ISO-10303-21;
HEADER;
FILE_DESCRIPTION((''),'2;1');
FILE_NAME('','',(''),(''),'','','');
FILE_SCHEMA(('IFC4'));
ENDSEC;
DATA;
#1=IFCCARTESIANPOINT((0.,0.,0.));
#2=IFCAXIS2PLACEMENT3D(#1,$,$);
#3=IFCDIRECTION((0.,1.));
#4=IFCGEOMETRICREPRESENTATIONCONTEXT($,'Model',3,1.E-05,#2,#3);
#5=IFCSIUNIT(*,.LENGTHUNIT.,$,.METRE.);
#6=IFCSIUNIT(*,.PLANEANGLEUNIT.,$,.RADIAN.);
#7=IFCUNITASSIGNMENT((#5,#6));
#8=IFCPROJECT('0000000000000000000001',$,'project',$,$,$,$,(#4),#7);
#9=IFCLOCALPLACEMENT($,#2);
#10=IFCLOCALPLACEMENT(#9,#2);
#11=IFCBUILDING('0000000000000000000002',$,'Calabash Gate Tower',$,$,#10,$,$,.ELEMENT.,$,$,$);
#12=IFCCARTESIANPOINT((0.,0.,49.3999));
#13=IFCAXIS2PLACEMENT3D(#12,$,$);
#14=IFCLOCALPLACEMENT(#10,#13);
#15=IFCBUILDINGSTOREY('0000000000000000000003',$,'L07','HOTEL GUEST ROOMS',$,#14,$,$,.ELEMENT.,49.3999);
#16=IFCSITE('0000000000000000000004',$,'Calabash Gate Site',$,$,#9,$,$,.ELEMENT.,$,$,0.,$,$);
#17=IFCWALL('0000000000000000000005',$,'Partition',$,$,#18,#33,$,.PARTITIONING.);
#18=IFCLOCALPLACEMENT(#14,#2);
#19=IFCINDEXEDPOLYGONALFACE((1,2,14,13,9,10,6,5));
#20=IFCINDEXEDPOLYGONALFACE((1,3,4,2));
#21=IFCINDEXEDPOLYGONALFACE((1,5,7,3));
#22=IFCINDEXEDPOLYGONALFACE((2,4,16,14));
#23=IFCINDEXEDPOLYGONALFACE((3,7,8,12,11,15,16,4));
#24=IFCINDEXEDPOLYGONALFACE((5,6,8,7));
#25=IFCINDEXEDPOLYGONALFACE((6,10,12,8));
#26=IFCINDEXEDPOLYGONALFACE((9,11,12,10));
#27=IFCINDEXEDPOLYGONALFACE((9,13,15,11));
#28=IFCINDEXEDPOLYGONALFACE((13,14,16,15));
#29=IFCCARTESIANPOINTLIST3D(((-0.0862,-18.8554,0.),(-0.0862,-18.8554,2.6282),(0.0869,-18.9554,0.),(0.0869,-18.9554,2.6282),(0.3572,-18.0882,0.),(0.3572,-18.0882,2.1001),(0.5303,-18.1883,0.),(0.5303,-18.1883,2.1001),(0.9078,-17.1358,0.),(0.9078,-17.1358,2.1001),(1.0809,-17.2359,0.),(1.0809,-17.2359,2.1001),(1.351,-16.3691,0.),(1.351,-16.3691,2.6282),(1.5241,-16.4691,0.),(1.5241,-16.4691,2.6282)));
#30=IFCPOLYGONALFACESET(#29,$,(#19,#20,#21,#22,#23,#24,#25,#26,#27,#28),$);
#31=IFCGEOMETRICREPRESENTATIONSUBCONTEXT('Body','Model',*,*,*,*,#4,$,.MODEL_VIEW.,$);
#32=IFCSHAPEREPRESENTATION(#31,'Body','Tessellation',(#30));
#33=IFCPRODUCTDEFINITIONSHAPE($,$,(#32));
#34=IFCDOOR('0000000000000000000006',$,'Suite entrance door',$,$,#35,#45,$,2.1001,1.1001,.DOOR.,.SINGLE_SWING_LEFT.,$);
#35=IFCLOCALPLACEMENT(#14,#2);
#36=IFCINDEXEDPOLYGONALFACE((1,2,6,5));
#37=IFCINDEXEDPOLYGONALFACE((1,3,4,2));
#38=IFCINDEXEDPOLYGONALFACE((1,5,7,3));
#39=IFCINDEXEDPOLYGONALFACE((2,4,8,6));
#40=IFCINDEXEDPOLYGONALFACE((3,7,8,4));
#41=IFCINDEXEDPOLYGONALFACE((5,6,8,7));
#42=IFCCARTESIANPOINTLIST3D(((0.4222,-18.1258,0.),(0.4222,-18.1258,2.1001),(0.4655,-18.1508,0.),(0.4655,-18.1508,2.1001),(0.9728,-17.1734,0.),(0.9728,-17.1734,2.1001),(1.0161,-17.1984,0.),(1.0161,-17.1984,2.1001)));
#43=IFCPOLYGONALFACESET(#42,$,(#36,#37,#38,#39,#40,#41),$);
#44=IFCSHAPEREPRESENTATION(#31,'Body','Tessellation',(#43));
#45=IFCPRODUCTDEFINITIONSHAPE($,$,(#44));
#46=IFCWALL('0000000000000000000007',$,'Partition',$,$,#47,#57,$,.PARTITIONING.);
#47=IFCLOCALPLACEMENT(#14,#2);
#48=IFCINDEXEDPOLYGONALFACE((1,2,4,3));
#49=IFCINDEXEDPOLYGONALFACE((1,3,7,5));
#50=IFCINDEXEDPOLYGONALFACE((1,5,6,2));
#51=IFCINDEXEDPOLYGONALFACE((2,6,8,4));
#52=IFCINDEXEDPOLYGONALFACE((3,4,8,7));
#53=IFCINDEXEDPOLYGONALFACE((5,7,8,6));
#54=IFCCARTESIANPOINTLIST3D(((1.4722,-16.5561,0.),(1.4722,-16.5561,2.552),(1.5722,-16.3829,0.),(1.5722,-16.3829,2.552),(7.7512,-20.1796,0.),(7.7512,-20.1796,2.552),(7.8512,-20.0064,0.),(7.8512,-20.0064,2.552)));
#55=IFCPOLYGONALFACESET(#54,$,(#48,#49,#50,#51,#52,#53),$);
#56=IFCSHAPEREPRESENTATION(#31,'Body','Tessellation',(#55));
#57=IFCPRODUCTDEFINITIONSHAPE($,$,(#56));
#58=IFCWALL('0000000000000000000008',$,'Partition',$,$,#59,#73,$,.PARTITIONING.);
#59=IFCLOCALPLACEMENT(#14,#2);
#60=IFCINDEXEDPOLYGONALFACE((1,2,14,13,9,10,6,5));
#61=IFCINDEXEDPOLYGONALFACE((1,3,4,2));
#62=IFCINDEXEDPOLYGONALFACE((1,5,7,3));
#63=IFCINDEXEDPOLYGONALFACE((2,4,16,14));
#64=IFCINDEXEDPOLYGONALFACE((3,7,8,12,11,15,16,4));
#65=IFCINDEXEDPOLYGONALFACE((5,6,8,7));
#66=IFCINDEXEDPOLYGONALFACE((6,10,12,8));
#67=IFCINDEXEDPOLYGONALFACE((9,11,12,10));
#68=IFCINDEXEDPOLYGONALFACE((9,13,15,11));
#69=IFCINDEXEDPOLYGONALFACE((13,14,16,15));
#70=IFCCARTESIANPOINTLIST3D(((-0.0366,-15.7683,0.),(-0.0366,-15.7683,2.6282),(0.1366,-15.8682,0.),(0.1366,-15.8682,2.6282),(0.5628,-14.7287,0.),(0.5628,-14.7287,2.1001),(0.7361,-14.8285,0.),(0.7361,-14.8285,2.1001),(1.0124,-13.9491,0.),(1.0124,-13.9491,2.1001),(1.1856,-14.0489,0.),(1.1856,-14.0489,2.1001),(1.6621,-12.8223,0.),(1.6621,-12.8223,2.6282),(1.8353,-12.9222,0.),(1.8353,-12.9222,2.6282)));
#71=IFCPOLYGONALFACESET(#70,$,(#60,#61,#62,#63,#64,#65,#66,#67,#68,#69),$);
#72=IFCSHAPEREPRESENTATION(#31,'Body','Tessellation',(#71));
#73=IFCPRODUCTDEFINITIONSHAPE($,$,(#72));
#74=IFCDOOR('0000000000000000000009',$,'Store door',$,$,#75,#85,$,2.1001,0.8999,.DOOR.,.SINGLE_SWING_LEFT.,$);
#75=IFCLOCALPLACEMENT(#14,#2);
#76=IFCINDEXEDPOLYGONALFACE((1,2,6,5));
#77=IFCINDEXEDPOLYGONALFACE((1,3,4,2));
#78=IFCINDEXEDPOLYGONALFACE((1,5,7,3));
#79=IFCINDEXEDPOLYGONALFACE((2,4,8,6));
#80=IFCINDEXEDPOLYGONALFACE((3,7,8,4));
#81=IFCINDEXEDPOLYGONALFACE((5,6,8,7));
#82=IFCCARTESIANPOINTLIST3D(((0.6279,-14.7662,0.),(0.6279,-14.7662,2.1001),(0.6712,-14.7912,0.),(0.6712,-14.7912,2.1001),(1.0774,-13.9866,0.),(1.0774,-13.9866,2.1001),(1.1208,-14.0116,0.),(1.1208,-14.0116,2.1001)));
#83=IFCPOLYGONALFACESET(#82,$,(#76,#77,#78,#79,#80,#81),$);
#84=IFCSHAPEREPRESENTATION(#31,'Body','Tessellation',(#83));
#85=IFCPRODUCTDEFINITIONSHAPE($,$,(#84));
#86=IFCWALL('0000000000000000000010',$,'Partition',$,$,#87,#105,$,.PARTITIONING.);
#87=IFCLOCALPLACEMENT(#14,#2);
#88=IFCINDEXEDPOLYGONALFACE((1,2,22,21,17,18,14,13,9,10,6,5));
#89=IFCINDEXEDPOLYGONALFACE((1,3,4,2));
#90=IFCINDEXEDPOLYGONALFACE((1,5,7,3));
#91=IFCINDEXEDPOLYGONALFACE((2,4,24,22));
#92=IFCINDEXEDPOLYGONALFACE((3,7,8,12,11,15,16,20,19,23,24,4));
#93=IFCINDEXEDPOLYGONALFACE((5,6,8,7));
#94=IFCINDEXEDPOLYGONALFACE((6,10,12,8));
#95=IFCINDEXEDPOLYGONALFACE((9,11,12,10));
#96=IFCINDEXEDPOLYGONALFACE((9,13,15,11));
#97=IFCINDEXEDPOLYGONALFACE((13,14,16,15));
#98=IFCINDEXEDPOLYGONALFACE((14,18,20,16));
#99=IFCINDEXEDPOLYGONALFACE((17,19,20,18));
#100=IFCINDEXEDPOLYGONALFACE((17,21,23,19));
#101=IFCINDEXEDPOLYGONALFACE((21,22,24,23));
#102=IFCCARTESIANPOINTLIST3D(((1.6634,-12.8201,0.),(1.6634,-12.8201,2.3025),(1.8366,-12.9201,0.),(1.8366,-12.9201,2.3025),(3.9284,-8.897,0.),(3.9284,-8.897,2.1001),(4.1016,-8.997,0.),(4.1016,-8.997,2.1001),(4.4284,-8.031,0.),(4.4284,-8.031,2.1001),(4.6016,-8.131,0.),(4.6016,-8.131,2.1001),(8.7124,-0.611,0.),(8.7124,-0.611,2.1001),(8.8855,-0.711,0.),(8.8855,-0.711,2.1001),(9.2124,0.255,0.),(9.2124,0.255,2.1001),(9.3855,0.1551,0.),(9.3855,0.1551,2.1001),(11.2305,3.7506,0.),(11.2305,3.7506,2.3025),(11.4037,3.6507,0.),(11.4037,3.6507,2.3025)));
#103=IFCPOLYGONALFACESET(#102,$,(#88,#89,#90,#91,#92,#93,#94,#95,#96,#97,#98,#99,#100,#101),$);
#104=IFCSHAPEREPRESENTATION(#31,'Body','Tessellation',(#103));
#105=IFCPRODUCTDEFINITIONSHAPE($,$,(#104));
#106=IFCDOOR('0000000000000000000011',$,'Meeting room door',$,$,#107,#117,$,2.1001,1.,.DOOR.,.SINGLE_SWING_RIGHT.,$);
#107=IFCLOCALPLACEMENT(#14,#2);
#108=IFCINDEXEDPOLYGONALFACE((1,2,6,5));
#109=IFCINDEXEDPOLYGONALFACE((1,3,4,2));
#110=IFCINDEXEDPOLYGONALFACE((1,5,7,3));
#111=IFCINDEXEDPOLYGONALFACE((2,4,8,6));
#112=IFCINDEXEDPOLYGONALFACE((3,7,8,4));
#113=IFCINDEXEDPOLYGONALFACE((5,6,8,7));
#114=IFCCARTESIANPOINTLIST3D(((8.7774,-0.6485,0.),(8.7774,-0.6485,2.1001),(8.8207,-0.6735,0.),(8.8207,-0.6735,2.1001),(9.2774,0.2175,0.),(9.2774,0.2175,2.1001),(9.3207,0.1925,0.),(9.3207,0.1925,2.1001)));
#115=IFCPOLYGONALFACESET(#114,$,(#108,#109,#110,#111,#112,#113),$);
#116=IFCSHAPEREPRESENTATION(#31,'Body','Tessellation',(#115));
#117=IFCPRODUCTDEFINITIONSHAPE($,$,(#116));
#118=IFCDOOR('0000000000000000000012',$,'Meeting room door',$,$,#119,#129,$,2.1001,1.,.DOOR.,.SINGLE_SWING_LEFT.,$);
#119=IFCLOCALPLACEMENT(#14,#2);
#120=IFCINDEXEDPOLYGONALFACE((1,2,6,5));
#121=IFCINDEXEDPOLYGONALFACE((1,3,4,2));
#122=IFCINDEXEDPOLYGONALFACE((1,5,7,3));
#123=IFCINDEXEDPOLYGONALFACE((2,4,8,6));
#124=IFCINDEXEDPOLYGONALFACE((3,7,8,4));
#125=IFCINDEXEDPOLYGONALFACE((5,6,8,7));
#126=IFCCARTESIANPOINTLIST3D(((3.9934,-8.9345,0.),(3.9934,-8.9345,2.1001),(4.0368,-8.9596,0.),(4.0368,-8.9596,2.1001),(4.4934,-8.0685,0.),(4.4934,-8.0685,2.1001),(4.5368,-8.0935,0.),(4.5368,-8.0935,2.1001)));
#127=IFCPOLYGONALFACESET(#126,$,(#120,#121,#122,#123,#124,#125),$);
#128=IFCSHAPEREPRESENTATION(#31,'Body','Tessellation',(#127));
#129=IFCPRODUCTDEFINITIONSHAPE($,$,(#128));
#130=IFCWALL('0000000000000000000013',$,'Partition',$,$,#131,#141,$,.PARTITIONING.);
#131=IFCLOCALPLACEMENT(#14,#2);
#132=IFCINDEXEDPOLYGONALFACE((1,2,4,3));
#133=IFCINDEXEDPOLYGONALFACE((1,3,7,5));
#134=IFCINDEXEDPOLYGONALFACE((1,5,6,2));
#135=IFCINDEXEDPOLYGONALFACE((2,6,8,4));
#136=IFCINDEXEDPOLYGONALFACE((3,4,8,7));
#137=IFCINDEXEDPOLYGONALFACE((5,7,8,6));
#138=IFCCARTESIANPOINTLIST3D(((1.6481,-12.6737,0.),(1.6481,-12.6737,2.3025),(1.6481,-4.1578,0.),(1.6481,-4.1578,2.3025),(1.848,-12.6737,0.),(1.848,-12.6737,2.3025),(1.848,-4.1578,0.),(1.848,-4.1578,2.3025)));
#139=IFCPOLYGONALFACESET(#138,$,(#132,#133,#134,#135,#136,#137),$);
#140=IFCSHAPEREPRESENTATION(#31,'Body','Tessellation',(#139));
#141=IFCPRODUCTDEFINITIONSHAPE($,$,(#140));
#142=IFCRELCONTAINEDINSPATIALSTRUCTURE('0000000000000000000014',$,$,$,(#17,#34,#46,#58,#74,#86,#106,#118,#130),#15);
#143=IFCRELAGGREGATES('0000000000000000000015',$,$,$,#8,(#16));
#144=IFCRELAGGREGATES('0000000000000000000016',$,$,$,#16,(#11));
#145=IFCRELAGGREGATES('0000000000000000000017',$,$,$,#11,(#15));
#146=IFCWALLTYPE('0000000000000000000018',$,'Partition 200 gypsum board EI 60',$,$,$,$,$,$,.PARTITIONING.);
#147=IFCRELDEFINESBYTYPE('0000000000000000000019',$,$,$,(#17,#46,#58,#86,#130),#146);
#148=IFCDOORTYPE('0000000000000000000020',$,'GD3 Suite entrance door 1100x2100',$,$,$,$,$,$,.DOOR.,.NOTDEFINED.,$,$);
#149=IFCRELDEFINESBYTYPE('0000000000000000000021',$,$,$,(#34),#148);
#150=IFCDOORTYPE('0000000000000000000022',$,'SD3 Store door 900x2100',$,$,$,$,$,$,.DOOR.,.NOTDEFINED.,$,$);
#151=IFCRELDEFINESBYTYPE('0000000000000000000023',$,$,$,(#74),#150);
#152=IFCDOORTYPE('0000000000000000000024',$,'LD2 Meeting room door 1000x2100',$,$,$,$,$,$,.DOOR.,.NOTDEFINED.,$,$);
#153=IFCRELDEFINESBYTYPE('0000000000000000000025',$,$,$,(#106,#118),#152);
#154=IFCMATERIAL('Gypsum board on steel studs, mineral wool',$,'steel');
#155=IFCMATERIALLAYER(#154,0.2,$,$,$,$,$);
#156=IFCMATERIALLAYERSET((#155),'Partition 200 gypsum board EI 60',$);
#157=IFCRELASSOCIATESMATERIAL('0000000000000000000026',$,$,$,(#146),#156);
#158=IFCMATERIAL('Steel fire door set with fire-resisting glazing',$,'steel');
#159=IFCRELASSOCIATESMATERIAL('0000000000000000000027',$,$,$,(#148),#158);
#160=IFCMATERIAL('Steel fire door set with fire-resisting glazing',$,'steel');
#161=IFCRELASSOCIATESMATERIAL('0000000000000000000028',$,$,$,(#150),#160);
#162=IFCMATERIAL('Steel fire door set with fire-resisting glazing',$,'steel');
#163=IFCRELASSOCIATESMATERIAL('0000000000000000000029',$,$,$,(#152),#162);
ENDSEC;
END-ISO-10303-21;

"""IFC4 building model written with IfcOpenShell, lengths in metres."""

from ifc_helpers import new_model, si_unit, direction, frame, frame_2d, origin, place, context, subcontext, project, spatial, rectangle, extrude, material, layer, layer_set, type_object, element, fill, save


model = new_model("IFC4")

# Units and contexts
model_context = context("Model", 3, precision=1e-05, world=origin(), true_north=direction((0.0, 1.0)))
body_context = subcontext(model_context, "Body", "Model", "MODEL_VIEW")
ifc_project = project(units=[si_unit("LENGTHUNIT", "METRE"), si_unit("PLANEANGLEUNIT", "RADIAN")], contexts=[model_context])

# Site, building, storey
site_placement = place(None, origin())
site = spatial("IfcSite", under=ifc_project, at=site_placement, Name="Calabash Gate Site", CompositionType="ELEMENT", RefElevation=0.0)
building_placement = place(site_placement, origin())
building = spatial("IfcBuilding", under=site, at=building_placement, Name="Calabash Gate Tower", CompositionType="ELEMENT")
storey_placement = place(building_placement, frame((0.0, 0.0, 49.3999)))
storey = spatial("IfcBuildingStorey", under=building, at=storey_placement, Name="L07", Description="HOTEL GUEST ROOMS", CompositionType="ELEMENT", Elevation=49.3999)

# Wall, opening, door
ifc_material_1 = material(Name="Gypsum board on steel studs, mineral wool", Category="steel")
ifc_layer_1 = layer(ifc_material_1, 0.2)
ifc_layer_set_1 = layer_set([ifc_layer_1], Name="Partition 200 gypsum board EI 60")
wall_type_1 = type_object("IfcWallType", Name="Partition 200 gypsum board EI 60", PredefinedType="PARTITIONING", material=ifc_layer_set_1)
wall_1_placement = place(storey_placement, frame((0.0002, -18.9055, 0.0), z_axis=(0.0, 0.0, 1.0), x_axis=(0.500463, 0.865758, 0.0)))
wall_1 = element("IfcWall", 1, at=wall_1_placement, inside=storey, type_object=wall_type_1, Name="Partition", PredefinedType="PARTITIONING", context=body_context, shape_type="SweptSolid", body=[
    extrude(rectangle(XDim=2.8718, YDim=0.2, at=frame_2d((1.436, 0.0))), origin(), (0.0, 0.0, 1.0), 2.6282),
])
opening_1_placement = place(wall_1_placement, frame((0.8862, 0.0, 0.0)))
opening_1 = element("IfcOpeningElement", 2, at=opening_1_placement, cuts=wall_1, PredefinedType="OPENING", context=body_context, shape_type="SweptSolid", body=[
    extrude(rectangle(XDim=1.1001, YDim=2.1001, at=frame_2d((0.55, 1.05))), frame((0.0, 0.1099, 0.0), z_axis=(0.0, -1.0, 0.0), x_axis=(1.0, 0.0, 0.0)), (0.0, 0.0, 1.0), 0.22),
])
ifc_material_2 = material(Name="Steel fire door set with fire-resisting glazing", Category="steel")
door_type_1 = type_object("IfcDoorType", Name="GD3 Suite entrance door 1100x2100", OperationType="NOTDEFINED", PredefinedType="DOOR", material=ifc_material_2)
door_1_placement = place(opening_1_placement, origin())
door_1 = element("IfcDoor", 3, at=door_1_placement, inside=storey, type_object=door_type_1, Name="Suite entrance door", OperationType="SINGLE_SWING_LEFT", OverallHeight=2.1001, OverallWidth=1.1001, PredefinedType="DOOR", context=body_context, shape_type="SweptSolid", body=[
    extrude(rectangle(XDim=1.1001, YDim=2.1001, at=frame_2d((0.55, 1.05))), frame((0.0, 0.0249, 0.0), z_axis=(0.0, -1.0, 0.0), x_axis=(1.0, 0.0, 0.0)), (0.0, 0.0, 1.0), 0.05),
])
fill(opening_1, door_1)

# Wall
wall_2_placement = place(storey_placement, frame((1.5222, -16.4695, 0.0), z_axis=(0.0, 0.0, 1.0), x_axis=(0.866126, -0.499826, 0.0)))
element("IfcWall", 4, at=wall_2_placement, inside=storey, type_object=wall_type_1, Name="Partition", PredefinedType="PARTITIONING", context=body_context, shape_type="SweptSolid", body=[
    extrude(rectangle(XDim=7.2495, YDim=0.2, at=frame_2d((3.6248, 0.0))), origin(), (0.0, 0.0, 1.0), 2.552),
])

# Wall, opening, door
wall_3_placement = place(storey_placement, frame((0.05, -15.8181, 0.0), z_axis=(0.0, 0.0, 1.0), x_axis=(0.499521, 0.866301, 0.0)))
wall_3 = element("IfcWall", 5, at=wall_3_placement, inside=storey, type_object=wall_type_1, Name="Partition", PredefinedType="PARTITIONING", context=body_context, shape_type="SweptSolid", body=[
    extrude(rectangle(XDim=3.4006, YDim=0.2, at=frame_2d((1.7002, 0.0))), origin(), (0.0, 0.0, 1.0), 2.6282),
])
opening_2_placement = place(wall_3_placement, frame((1.2, 0.0, 0.0)))
opening_2 = element("IfcOpeningElement", 6, at=opening_2_placement, cuts=wall_3, PredefinedType="OPENING", context=body_context, shape_type="SweptSolid", body=[
    extrude(rectangle(XDim=0.8999, YDim=2.1001, at=frame_2d((0.45, 1.05))), frame((0.0, 0.1099, 0.0), z_axis=(0.0, -1.0, 0.0), x_axis=(1.0, 0.0, 0.0)), (0.0, 0.0, 1.0), 0.22),
])
ifc_material_3 = material(Name="Steel fire door set with fire-resisting glazing", Category="steel")
door_type_2 = type_object("IfcDoorType", Name="SD3 Store door 900x2100", OperationType="NOTDEFINED", PredefinedType="DOOR", material=ifc_material_3)
door_2_placement = place(opening_2_placement, origin())
door_2 = element("IfcDoor", 7, at=door_2_placement, inside=storey, type_object=door_type_2, Name="Store door", OperationType="SINGLE_SWING_LEFT", OverallHeight=2.1001, OverallWidth=0.8999, PredefinedType="DOOR", context=body_context, shape_type="SweptSolid", body=[
    extrude(rectangle(XDim=0.8999, YDim=2.1001, at=frame_2d((0.45, 1.05))), frame((0.0, 0.0249, 0.0), z_axis=(0.0, -1.0, 0.0), x_axis=(1.0, 0.0, 0.0)), (0.0, 0.0, 1.0), 0.05),
])
fill(opening_2, door_2)

# Wall, openings, doors
wall_4_placement = place(storey_placement, frame((1.75, -12.8701, 0.0), z_axis=(0.0, 0.0, 1.0), x_axis=(0.499999, 0.866026, 0.0)))
wall_4 = element("IfcWall", 8, at=wall_4_placement, inside=storey, type_object=wall_type_1, Name="Partition", PredefinedType="PARTITIONING", context=body_context, shape_type="SweptSolid", body=[
    extrude(rectangle(XDim=19.1343, YDim=0.2, at=frame_2d((9.5671, 0.0))), origin(), (0.0, 0.0, 1.0), 2.3025),
])
opening_3_placement = place(wall_4_placement, frame((14.0979, 0.0, 0.0)))
opening_3 = element("IfcOpeningElement", 9, at=opening_3_placement, cuts=wall_4, PredefinedType="OPENING", context=body_context, shape_type="SweptSolid", body=[
    extrude(rectangle(XDim=1.0, YDim=2.1001, at=frame_2d((0.5, 1.05))), frame((0.0, 0.1099, 0.0), z_axis=(0.0, -1.0, 0.0), x_axis=(1.0, 0.0, 0.0)), (0.0, 0.0, 1.0), 0.22),
])
opening_4_placement = place(wall_4_placement, frame((4.53, 0.0, 0.0)))
opening_4 = element("IfcOpeningElement", 10, at=opening_4_placement, cuts=wall_4, PredefinedType="OPENING", context=body_context, shape_type="SweptSolid", body=[
    extrude(rectangle(XDim=1.0, YDim=2.1001, at=frame_2d((0.5, 1.05))), frame((0.0, 0.1099, 0.0), z_axis=(0.0, -1.0, 0.0), x_axis=(1.0, 0.0, 0.0)), (0.0, 0.0, 1.0), 0.22),
])
ifc_material_4 = material(Name="Steel fire door set with fire-resisting glazing", Category="steel")
door_type_3 = type_object("IfcDoorType", Name="LD2 Meeting room door 1000x2100", OperationType="NOTDEFINED", PredefinedType="DOOR", material=ifc_material_4)
door_3_placement = place(opening_3_placement, origin())
door_3 = element("IfcDoor", 11, at=door_3_placement, inside=storey, type_object=door_type_3, Name="Meeting room door", OperationType="SINGLE_SWING_RIGHT", OverallHeight=2.1001, OverallWidth=1.0, PredefinedType="DOOR", context=body_context, shape_type="SweptSolid", body=[
    extrude(rectangle(XDim=1.0, YDim=2.1001, at=frame_2d((0.5, 1.05))), frame((0.0, 0.0249, 0.0), z_axis=(0.0, -1.0, 0.0), x_axis=(1.0, 0.0, 0.0)), (0.0, 0.0, 1.0), 0.05),
])
fill(opening_3, door_3)
door_4_placement = place(opening_4_placement, origin())
door_4 = element("IfcDoor", 12, at=door_4_placement, inside=storey, type_object=door_type_3, Name="Meeting room door", OperationType="SINGLE_SWING_LEFT", OverallHeight=2.1001, OverallWidth=1.0, PredefinedType="DOOR", context=body_context, shape_type="SweptSolid", body=[
    extrude(rectangle(XDim=1.0, YDim=2.1001, at=frame_2d((0.5, 1.05))), frame((0.0, 0.0249, 0.0), z_axis=(0.0, -1.0, 0.0), x_axis=(1.0, 0.0, 0.0)), (0.0, 0.0, 1.0), 0.05),
])
fill(opening_4, door_4)

# Wall
wall_5_placement = place(storey_placement, frame((1.748, -12.6736, 0.0), z_axis=(0.0, 0.0, 1.0), x_axis=(0.0, 1.0, 0.0)))
element("IfcWall", 13, at=wall_5_placement, inside=storey, type_object=wall_type_1, Name="Partition", PredefinedType="PARTITIONING", context=body_context, shape_type="SweptSolid", body=[
    extrude(rectangle(XDim=8.5159, YDim=0.2, at=frame_2d((4.2578, 0.0))), origin(), (0.0, 0.0, 1.0), 2.3025),
])

save(model, "model.ifc")
